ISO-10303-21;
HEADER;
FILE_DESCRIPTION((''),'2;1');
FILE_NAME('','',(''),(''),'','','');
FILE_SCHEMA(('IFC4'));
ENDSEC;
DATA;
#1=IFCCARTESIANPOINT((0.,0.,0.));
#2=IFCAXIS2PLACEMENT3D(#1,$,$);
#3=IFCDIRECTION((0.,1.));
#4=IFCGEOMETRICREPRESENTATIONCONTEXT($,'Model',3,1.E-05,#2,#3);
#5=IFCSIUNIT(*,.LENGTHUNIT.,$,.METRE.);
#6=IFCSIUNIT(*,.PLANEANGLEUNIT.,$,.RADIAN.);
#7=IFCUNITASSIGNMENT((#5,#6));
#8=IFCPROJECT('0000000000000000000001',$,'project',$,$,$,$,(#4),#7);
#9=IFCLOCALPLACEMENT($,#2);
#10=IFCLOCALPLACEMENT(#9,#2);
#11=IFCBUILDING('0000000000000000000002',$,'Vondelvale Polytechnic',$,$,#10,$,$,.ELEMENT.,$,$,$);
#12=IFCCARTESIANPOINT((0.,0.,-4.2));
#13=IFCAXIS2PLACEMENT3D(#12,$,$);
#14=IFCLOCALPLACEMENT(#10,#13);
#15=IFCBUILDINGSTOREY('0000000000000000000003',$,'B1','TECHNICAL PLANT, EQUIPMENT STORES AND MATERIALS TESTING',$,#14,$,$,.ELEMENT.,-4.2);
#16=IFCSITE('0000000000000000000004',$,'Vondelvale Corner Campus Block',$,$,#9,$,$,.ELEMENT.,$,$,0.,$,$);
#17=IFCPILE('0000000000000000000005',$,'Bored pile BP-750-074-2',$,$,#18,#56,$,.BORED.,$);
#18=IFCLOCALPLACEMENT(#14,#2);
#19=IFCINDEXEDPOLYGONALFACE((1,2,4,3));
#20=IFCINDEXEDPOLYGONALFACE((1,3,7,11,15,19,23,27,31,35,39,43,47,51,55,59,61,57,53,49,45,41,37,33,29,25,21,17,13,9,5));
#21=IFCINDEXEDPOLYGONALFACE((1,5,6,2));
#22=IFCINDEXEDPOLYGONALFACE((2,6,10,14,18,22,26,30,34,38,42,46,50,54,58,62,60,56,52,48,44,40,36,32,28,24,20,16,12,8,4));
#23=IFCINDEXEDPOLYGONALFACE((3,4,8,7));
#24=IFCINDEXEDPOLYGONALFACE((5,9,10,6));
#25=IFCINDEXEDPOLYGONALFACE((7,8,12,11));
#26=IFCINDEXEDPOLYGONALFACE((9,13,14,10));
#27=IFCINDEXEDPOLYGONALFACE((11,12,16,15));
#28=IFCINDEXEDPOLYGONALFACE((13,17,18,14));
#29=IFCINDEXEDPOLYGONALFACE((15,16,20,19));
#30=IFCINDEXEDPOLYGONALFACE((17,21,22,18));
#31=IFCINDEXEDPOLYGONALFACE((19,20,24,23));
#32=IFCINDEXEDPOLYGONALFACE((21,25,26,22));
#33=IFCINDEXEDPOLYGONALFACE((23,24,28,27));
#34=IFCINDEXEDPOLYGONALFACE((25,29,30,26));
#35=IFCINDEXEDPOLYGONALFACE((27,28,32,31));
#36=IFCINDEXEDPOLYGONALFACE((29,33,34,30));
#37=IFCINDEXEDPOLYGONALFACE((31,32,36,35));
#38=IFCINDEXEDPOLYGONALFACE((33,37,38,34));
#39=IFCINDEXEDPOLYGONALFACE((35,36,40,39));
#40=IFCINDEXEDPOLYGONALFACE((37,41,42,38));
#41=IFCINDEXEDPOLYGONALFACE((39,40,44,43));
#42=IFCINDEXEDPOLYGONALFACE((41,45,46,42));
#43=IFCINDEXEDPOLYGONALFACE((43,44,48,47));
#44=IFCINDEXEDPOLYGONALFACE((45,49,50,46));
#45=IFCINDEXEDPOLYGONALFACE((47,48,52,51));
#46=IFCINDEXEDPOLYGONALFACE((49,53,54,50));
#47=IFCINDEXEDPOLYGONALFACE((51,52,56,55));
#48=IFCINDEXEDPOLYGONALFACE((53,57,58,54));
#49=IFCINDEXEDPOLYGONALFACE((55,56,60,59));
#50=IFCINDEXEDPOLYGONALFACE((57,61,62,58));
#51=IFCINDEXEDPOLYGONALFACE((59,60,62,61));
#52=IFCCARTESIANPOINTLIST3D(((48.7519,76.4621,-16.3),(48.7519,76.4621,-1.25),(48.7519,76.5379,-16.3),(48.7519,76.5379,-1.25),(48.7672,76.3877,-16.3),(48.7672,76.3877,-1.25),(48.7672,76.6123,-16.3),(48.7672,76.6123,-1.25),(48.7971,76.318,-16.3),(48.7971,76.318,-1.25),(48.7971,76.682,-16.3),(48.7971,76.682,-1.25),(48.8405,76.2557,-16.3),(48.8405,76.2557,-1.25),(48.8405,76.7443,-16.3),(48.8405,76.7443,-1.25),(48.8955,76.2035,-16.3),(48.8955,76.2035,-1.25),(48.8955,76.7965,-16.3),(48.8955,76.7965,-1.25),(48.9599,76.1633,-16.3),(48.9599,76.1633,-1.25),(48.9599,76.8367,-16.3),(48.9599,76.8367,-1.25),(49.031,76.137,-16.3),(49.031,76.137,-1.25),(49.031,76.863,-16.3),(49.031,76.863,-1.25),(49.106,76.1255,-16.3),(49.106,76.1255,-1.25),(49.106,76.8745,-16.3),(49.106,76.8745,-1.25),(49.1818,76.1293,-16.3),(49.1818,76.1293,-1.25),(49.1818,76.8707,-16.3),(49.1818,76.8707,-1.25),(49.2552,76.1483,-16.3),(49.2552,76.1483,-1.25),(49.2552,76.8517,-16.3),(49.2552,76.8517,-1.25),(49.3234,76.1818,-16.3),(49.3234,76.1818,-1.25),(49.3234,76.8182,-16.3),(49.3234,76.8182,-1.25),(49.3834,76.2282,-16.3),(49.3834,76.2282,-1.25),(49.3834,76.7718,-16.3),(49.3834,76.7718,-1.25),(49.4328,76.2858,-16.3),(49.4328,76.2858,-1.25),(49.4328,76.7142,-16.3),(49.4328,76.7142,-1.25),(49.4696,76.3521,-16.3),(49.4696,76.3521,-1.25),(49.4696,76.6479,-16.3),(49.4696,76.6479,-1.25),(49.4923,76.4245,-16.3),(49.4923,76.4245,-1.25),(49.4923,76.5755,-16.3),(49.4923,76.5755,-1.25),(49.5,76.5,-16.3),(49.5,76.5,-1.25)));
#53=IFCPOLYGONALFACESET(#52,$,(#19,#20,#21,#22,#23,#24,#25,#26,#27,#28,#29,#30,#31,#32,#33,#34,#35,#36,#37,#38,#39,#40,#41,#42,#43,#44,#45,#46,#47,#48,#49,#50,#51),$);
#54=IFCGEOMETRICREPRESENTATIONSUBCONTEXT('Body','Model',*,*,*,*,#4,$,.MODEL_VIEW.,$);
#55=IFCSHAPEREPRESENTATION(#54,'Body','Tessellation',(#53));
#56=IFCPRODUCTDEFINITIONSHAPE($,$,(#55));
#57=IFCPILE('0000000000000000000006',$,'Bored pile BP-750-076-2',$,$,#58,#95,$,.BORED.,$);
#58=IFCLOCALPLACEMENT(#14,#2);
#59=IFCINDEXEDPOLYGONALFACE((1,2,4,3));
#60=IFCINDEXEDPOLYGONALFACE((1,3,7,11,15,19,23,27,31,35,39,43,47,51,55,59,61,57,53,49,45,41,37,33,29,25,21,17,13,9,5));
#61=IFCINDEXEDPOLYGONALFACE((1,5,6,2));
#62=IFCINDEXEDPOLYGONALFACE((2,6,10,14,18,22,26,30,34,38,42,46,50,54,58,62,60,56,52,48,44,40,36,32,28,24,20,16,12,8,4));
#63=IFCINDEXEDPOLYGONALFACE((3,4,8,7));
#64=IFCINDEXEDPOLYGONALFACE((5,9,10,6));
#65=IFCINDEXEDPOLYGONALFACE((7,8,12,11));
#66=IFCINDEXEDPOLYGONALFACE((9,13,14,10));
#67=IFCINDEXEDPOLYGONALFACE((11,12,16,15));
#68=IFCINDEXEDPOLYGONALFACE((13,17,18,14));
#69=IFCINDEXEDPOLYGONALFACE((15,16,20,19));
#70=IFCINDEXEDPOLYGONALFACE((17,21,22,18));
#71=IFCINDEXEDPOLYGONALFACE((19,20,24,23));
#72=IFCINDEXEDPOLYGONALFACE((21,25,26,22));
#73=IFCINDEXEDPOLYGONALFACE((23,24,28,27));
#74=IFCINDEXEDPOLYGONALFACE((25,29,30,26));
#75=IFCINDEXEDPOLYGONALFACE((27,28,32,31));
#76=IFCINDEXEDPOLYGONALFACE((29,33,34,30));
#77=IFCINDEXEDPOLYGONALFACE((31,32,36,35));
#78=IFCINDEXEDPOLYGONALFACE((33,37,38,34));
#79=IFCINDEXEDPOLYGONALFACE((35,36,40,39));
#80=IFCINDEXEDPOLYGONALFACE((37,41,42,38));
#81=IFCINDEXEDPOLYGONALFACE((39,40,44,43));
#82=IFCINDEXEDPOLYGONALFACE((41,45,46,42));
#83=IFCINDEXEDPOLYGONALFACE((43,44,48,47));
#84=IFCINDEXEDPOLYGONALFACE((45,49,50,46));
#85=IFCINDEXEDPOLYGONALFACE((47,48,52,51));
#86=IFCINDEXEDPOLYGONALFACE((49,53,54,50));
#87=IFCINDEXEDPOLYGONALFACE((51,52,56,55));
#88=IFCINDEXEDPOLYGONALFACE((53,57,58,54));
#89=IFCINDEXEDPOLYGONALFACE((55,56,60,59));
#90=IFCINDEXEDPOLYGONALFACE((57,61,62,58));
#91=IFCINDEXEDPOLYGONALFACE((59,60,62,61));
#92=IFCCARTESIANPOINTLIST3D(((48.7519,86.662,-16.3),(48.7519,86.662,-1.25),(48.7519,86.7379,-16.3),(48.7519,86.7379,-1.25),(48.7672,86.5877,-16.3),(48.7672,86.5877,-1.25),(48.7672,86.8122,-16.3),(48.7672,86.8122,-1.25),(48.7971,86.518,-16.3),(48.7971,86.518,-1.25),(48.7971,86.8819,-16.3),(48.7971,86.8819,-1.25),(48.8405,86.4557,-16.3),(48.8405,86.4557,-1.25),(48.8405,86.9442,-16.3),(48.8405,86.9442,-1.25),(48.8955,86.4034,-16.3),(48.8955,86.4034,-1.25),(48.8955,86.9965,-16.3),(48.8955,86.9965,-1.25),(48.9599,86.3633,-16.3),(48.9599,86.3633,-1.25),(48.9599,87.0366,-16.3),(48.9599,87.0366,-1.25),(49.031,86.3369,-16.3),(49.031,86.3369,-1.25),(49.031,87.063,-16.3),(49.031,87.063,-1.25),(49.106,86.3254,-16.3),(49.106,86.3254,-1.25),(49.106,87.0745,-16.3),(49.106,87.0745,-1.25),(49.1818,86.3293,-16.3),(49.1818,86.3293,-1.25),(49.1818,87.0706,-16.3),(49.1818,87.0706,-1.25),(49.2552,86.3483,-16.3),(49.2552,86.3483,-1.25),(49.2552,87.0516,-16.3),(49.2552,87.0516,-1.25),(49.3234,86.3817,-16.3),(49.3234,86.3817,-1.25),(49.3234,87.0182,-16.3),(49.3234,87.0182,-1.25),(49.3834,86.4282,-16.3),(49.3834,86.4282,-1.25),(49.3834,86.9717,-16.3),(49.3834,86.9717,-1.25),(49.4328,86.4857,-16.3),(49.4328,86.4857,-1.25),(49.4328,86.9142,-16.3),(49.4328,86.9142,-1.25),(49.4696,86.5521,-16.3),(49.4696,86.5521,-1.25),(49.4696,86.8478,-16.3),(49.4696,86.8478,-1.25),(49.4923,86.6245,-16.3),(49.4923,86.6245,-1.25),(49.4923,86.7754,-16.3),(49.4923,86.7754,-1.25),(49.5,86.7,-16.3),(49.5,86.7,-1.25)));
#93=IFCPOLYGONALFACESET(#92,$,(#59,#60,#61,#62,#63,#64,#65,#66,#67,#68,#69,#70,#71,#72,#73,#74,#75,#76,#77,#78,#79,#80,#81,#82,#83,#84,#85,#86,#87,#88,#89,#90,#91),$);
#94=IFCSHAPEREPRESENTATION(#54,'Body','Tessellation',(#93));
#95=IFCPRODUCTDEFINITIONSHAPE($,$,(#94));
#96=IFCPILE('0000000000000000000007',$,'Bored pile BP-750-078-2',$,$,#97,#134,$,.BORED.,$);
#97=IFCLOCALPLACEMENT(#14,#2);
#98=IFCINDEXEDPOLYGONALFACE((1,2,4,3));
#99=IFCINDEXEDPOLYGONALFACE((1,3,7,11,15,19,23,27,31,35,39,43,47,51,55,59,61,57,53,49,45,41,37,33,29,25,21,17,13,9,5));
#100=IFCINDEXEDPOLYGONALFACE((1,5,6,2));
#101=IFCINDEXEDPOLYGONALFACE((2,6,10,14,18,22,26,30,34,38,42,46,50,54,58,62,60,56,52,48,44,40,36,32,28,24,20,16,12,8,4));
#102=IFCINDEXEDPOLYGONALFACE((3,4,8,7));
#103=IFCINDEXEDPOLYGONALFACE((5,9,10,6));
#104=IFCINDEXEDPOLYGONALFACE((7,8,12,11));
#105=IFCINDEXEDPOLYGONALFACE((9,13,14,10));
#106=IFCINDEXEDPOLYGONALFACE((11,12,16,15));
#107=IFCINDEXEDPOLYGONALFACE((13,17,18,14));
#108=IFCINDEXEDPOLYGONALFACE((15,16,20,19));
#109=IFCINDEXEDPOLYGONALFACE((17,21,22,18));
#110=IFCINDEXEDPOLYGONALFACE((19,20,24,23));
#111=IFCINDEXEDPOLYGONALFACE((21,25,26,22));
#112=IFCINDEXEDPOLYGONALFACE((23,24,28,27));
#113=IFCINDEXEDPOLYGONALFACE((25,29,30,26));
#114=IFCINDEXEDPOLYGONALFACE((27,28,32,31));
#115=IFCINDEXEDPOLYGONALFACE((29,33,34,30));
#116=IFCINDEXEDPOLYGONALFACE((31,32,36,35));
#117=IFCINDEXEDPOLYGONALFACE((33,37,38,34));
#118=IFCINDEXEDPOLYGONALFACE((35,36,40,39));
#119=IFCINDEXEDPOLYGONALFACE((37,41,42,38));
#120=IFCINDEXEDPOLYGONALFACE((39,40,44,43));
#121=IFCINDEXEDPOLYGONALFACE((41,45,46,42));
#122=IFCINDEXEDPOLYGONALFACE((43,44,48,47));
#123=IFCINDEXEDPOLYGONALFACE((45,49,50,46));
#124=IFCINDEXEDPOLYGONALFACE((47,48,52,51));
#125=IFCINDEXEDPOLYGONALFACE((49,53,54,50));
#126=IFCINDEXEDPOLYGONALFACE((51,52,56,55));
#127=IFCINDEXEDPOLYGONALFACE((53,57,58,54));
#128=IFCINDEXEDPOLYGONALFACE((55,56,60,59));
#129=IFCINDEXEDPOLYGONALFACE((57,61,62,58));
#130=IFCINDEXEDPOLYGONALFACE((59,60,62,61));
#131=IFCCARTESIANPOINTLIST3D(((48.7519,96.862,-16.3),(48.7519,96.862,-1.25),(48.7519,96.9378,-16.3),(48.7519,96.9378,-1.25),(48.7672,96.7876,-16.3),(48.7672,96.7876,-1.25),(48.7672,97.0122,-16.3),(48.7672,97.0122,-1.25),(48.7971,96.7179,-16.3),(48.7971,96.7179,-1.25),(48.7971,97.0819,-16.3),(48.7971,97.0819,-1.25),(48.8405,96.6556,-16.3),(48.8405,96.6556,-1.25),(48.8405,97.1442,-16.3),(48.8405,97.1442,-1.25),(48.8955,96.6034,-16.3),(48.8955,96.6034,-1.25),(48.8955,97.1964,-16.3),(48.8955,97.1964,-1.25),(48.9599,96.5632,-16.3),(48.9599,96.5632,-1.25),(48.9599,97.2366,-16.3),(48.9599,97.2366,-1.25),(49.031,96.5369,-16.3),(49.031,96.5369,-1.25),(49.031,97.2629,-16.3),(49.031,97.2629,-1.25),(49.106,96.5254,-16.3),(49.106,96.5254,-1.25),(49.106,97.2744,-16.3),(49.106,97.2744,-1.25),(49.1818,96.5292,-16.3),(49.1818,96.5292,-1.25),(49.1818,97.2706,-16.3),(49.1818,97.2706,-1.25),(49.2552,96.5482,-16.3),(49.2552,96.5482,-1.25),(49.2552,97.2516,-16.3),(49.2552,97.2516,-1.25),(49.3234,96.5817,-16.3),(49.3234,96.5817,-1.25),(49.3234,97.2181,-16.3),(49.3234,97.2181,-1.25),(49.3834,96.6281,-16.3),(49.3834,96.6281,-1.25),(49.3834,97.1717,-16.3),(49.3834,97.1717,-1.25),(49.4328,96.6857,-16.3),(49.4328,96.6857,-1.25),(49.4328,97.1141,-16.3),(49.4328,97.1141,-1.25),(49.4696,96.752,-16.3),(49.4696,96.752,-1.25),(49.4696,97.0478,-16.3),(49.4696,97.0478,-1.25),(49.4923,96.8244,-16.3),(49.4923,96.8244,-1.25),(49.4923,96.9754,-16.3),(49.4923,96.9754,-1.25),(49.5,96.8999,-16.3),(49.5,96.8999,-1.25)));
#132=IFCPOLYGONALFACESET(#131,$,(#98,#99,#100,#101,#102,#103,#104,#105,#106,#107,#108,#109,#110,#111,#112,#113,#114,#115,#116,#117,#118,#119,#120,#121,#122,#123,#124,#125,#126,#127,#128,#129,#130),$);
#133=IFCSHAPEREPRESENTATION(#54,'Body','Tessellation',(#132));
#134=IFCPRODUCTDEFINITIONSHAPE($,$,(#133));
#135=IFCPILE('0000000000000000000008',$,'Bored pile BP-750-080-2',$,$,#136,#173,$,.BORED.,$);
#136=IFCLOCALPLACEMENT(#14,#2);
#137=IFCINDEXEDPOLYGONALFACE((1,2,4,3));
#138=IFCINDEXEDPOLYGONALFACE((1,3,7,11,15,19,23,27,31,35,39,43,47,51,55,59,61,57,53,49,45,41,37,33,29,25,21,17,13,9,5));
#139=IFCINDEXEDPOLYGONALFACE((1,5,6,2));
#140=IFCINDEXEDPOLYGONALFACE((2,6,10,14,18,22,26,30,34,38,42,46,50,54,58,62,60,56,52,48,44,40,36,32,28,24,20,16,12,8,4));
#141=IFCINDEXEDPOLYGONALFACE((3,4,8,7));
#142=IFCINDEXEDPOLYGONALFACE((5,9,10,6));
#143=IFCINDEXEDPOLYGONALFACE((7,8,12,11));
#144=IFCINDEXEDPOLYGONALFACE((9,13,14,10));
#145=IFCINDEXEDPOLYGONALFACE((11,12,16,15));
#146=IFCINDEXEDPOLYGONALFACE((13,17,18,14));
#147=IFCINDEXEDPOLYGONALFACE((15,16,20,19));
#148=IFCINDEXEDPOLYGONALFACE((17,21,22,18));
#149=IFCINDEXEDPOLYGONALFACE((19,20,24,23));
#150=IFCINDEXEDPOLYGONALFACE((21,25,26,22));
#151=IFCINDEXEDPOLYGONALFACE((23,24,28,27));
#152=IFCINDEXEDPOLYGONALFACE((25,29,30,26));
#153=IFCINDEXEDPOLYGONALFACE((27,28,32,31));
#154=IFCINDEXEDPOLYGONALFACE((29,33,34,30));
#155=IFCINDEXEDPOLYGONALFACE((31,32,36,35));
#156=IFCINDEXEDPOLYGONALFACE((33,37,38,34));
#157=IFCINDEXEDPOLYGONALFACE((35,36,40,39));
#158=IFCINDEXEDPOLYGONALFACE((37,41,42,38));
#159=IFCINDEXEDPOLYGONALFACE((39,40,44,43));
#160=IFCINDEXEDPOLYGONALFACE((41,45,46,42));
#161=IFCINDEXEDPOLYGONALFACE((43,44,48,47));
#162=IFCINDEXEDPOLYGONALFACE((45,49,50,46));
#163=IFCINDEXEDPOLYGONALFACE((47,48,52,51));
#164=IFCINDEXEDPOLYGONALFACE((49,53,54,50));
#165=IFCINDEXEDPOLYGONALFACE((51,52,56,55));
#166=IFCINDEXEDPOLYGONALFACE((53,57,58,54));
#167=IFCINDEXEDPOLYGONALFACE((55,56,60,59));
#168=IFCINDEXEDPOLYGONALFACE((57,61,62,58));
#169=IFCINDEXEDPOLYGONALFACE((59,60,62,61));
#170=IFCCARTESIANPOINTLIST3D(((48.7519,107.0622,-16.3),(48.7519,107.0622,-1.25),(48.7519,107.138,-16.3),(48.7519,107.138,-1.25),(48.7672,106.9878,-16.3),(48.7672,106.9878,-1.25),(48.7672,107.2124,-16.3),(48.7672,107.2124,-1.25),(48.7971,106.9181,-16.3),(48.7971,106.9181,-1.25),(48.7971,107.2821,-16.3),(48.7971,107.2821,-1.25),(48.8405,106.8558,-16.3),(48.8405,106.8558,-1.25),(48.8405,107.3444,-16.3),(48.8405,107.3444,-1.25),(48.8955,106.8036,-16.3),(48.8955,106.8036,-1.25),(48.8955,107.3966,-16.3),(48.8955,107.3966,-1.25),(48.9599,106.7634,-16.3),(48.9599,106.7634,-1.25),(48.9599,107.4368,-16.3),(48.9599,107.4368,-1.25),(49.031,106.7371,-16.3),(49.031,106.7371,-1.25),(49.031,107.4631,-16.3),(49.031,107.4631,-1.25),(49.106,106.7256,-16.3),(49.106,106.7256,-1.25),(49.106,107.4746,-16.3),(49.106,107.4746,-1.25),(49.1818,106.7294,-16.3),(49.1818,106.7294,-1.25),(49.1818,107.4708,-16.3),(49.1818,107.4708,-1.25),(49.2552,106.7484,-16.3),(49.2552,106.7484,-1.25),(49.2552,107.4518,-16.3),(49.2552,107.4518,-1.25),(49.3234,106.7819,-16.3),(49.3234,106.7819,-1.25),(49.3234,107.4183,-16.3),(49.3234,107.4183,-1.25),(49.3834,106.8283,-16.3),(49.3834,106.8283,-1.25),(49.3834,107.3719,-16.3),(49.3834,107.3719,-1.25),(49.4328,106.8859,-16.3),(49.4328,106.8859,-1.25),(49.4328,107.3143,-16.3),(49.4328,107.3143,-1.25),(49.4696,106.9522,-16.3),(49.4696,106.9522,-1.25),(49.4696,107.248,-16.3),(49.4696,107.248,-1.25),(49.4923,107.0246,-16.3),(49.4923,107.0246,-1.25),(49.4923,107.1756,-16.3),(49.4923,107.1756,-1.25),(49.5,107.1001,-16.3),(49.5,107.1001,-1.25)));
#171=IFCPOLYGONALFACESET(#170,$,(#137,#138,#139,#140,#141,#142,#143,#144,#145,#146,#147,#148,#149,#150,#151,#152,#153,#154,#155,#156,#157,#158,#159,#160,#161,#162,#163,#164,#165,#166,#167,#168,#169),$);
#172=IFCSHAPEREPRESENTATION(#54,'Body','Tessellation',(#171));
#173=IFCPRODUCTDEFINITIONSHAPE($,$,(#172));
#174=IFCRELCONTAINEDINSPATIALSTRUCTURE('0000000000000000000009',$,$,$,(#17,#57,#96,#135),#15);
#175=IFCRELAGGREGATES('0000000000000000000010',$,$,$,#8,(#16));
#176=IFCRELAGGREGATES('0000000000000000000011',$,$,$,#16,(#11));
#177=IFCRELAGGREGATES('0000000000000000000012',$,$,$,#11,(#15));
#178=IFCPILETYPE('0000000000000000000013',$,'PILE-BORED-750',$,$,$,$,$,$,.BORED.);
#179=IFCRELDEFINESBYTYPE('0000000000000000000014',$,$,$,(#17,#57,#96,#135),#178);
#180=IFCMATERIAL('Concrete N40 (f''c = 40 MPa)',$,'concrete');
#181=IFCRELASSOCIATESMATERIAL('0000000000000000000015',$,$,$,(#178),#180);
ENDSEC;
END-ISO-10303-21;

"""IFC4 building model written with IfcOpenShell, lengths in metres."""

from ifc_helpers import new_model, si_unit, direction, frame, origin, origin_2d, place, context, subcontext, project, spatial, circle, extrude, material, material_profile, profile_set, type_object, element, save


model = new_model("IFC4")

# Units and contexts
model_context = context("Model", 3, precision=1e-05, world=origin(), true_north=direction((0.0, 1.0)))
body_context = subcontext(model_context, "Body", "Model", "MODEL_VIEW")
ifc_project = project(units=[si_unit("LENGTHUNIT", "METRE"), si_unit("PLANEANGLEUNIT", "RADIAN")], contexts=[model_context])

# Site, building, storey
site_placement = place(None, origin())
site = spatial("IfcSite", under=ifc_project, at=site_placement, Name="Vondelvale Corner Campus Block", CompositionType="ELEMENT", RefElevation=0.0)
building_placement = place(site_placement, origin())
building = spatial("IfcBuilding", under=site, at=building_placement, Name="Vondelvale Polytechnic", CompositionType="ELEMENT")
storey_placement = place(building_placement, frame((0.0, 0.0, -4.2)))
storey = spatial("IfcBuildingStorey", under=building, at=storey_placement, Name="B1", Description="TECHNICAL PLANT, EQUIPMENT STORES AND MATERIALS TESTING", CompositionType="ELEMENT", Elevation=-4.2)

# Shared definitions
ifc_material_1 = material(Name="Concrete N40 (f'c = 40 MPa)", Category="concrete")

# Piles
ifc_material_profile_1 = material_profile(ifc_material_1, circle(Radius=0.375, at=origin_2d()), Name="PILE-D750")
ifc_profile_set_1 = profile_set([ifc_material_profile_1], Name="Concrete N40 (f'c = 40 MPa)")
pile_type_1 = type_object("IfcPileType", Name="PILE-BORED-750", PredefinedType="BORED", material=ifc_profile_set_1)
for number, where, z_axis, x_axis, name in (
    (1, (49.125, 76.5, -1.25), (0.0, 0.0, -1.0), (1.0, 0.0, 0.0), "Bored pile BP-750-074-2"),
    (2, (49.125, 86.7, -1.25), (0.0, 0.0, -1.0), (1.0, 0.0, 0.0), "Bored pile BP-750-076-2"),
    (3, (49.125, 96.8999, -1.25), (0.0, 0.0, -1.0), (1.0, 0.0, 0.0), "Bored pile BP-750-078-2"),
    (4, (49.125, 107.1001, -1.25), (0.0, 0.0, -1.0), (1.0, 0.0, 0.0), "Bored pile BP-750-080-2"),
):
    element("IfcPile", number, at=place(storey_placement, frame(where, z_axis=z_axis, x_axis=x_axis)), inside=storey, type_object=pile_type_1, Name=name, PredefinedType="BORED", context=body_context, shape_type="SweptSolid", body=[
        extrude(circle(Radius=0.375, at=origin_2d()), origin(), (0.0, 0.0, 1.0), 15.05),
    ])

save(model, "model.ifc")
